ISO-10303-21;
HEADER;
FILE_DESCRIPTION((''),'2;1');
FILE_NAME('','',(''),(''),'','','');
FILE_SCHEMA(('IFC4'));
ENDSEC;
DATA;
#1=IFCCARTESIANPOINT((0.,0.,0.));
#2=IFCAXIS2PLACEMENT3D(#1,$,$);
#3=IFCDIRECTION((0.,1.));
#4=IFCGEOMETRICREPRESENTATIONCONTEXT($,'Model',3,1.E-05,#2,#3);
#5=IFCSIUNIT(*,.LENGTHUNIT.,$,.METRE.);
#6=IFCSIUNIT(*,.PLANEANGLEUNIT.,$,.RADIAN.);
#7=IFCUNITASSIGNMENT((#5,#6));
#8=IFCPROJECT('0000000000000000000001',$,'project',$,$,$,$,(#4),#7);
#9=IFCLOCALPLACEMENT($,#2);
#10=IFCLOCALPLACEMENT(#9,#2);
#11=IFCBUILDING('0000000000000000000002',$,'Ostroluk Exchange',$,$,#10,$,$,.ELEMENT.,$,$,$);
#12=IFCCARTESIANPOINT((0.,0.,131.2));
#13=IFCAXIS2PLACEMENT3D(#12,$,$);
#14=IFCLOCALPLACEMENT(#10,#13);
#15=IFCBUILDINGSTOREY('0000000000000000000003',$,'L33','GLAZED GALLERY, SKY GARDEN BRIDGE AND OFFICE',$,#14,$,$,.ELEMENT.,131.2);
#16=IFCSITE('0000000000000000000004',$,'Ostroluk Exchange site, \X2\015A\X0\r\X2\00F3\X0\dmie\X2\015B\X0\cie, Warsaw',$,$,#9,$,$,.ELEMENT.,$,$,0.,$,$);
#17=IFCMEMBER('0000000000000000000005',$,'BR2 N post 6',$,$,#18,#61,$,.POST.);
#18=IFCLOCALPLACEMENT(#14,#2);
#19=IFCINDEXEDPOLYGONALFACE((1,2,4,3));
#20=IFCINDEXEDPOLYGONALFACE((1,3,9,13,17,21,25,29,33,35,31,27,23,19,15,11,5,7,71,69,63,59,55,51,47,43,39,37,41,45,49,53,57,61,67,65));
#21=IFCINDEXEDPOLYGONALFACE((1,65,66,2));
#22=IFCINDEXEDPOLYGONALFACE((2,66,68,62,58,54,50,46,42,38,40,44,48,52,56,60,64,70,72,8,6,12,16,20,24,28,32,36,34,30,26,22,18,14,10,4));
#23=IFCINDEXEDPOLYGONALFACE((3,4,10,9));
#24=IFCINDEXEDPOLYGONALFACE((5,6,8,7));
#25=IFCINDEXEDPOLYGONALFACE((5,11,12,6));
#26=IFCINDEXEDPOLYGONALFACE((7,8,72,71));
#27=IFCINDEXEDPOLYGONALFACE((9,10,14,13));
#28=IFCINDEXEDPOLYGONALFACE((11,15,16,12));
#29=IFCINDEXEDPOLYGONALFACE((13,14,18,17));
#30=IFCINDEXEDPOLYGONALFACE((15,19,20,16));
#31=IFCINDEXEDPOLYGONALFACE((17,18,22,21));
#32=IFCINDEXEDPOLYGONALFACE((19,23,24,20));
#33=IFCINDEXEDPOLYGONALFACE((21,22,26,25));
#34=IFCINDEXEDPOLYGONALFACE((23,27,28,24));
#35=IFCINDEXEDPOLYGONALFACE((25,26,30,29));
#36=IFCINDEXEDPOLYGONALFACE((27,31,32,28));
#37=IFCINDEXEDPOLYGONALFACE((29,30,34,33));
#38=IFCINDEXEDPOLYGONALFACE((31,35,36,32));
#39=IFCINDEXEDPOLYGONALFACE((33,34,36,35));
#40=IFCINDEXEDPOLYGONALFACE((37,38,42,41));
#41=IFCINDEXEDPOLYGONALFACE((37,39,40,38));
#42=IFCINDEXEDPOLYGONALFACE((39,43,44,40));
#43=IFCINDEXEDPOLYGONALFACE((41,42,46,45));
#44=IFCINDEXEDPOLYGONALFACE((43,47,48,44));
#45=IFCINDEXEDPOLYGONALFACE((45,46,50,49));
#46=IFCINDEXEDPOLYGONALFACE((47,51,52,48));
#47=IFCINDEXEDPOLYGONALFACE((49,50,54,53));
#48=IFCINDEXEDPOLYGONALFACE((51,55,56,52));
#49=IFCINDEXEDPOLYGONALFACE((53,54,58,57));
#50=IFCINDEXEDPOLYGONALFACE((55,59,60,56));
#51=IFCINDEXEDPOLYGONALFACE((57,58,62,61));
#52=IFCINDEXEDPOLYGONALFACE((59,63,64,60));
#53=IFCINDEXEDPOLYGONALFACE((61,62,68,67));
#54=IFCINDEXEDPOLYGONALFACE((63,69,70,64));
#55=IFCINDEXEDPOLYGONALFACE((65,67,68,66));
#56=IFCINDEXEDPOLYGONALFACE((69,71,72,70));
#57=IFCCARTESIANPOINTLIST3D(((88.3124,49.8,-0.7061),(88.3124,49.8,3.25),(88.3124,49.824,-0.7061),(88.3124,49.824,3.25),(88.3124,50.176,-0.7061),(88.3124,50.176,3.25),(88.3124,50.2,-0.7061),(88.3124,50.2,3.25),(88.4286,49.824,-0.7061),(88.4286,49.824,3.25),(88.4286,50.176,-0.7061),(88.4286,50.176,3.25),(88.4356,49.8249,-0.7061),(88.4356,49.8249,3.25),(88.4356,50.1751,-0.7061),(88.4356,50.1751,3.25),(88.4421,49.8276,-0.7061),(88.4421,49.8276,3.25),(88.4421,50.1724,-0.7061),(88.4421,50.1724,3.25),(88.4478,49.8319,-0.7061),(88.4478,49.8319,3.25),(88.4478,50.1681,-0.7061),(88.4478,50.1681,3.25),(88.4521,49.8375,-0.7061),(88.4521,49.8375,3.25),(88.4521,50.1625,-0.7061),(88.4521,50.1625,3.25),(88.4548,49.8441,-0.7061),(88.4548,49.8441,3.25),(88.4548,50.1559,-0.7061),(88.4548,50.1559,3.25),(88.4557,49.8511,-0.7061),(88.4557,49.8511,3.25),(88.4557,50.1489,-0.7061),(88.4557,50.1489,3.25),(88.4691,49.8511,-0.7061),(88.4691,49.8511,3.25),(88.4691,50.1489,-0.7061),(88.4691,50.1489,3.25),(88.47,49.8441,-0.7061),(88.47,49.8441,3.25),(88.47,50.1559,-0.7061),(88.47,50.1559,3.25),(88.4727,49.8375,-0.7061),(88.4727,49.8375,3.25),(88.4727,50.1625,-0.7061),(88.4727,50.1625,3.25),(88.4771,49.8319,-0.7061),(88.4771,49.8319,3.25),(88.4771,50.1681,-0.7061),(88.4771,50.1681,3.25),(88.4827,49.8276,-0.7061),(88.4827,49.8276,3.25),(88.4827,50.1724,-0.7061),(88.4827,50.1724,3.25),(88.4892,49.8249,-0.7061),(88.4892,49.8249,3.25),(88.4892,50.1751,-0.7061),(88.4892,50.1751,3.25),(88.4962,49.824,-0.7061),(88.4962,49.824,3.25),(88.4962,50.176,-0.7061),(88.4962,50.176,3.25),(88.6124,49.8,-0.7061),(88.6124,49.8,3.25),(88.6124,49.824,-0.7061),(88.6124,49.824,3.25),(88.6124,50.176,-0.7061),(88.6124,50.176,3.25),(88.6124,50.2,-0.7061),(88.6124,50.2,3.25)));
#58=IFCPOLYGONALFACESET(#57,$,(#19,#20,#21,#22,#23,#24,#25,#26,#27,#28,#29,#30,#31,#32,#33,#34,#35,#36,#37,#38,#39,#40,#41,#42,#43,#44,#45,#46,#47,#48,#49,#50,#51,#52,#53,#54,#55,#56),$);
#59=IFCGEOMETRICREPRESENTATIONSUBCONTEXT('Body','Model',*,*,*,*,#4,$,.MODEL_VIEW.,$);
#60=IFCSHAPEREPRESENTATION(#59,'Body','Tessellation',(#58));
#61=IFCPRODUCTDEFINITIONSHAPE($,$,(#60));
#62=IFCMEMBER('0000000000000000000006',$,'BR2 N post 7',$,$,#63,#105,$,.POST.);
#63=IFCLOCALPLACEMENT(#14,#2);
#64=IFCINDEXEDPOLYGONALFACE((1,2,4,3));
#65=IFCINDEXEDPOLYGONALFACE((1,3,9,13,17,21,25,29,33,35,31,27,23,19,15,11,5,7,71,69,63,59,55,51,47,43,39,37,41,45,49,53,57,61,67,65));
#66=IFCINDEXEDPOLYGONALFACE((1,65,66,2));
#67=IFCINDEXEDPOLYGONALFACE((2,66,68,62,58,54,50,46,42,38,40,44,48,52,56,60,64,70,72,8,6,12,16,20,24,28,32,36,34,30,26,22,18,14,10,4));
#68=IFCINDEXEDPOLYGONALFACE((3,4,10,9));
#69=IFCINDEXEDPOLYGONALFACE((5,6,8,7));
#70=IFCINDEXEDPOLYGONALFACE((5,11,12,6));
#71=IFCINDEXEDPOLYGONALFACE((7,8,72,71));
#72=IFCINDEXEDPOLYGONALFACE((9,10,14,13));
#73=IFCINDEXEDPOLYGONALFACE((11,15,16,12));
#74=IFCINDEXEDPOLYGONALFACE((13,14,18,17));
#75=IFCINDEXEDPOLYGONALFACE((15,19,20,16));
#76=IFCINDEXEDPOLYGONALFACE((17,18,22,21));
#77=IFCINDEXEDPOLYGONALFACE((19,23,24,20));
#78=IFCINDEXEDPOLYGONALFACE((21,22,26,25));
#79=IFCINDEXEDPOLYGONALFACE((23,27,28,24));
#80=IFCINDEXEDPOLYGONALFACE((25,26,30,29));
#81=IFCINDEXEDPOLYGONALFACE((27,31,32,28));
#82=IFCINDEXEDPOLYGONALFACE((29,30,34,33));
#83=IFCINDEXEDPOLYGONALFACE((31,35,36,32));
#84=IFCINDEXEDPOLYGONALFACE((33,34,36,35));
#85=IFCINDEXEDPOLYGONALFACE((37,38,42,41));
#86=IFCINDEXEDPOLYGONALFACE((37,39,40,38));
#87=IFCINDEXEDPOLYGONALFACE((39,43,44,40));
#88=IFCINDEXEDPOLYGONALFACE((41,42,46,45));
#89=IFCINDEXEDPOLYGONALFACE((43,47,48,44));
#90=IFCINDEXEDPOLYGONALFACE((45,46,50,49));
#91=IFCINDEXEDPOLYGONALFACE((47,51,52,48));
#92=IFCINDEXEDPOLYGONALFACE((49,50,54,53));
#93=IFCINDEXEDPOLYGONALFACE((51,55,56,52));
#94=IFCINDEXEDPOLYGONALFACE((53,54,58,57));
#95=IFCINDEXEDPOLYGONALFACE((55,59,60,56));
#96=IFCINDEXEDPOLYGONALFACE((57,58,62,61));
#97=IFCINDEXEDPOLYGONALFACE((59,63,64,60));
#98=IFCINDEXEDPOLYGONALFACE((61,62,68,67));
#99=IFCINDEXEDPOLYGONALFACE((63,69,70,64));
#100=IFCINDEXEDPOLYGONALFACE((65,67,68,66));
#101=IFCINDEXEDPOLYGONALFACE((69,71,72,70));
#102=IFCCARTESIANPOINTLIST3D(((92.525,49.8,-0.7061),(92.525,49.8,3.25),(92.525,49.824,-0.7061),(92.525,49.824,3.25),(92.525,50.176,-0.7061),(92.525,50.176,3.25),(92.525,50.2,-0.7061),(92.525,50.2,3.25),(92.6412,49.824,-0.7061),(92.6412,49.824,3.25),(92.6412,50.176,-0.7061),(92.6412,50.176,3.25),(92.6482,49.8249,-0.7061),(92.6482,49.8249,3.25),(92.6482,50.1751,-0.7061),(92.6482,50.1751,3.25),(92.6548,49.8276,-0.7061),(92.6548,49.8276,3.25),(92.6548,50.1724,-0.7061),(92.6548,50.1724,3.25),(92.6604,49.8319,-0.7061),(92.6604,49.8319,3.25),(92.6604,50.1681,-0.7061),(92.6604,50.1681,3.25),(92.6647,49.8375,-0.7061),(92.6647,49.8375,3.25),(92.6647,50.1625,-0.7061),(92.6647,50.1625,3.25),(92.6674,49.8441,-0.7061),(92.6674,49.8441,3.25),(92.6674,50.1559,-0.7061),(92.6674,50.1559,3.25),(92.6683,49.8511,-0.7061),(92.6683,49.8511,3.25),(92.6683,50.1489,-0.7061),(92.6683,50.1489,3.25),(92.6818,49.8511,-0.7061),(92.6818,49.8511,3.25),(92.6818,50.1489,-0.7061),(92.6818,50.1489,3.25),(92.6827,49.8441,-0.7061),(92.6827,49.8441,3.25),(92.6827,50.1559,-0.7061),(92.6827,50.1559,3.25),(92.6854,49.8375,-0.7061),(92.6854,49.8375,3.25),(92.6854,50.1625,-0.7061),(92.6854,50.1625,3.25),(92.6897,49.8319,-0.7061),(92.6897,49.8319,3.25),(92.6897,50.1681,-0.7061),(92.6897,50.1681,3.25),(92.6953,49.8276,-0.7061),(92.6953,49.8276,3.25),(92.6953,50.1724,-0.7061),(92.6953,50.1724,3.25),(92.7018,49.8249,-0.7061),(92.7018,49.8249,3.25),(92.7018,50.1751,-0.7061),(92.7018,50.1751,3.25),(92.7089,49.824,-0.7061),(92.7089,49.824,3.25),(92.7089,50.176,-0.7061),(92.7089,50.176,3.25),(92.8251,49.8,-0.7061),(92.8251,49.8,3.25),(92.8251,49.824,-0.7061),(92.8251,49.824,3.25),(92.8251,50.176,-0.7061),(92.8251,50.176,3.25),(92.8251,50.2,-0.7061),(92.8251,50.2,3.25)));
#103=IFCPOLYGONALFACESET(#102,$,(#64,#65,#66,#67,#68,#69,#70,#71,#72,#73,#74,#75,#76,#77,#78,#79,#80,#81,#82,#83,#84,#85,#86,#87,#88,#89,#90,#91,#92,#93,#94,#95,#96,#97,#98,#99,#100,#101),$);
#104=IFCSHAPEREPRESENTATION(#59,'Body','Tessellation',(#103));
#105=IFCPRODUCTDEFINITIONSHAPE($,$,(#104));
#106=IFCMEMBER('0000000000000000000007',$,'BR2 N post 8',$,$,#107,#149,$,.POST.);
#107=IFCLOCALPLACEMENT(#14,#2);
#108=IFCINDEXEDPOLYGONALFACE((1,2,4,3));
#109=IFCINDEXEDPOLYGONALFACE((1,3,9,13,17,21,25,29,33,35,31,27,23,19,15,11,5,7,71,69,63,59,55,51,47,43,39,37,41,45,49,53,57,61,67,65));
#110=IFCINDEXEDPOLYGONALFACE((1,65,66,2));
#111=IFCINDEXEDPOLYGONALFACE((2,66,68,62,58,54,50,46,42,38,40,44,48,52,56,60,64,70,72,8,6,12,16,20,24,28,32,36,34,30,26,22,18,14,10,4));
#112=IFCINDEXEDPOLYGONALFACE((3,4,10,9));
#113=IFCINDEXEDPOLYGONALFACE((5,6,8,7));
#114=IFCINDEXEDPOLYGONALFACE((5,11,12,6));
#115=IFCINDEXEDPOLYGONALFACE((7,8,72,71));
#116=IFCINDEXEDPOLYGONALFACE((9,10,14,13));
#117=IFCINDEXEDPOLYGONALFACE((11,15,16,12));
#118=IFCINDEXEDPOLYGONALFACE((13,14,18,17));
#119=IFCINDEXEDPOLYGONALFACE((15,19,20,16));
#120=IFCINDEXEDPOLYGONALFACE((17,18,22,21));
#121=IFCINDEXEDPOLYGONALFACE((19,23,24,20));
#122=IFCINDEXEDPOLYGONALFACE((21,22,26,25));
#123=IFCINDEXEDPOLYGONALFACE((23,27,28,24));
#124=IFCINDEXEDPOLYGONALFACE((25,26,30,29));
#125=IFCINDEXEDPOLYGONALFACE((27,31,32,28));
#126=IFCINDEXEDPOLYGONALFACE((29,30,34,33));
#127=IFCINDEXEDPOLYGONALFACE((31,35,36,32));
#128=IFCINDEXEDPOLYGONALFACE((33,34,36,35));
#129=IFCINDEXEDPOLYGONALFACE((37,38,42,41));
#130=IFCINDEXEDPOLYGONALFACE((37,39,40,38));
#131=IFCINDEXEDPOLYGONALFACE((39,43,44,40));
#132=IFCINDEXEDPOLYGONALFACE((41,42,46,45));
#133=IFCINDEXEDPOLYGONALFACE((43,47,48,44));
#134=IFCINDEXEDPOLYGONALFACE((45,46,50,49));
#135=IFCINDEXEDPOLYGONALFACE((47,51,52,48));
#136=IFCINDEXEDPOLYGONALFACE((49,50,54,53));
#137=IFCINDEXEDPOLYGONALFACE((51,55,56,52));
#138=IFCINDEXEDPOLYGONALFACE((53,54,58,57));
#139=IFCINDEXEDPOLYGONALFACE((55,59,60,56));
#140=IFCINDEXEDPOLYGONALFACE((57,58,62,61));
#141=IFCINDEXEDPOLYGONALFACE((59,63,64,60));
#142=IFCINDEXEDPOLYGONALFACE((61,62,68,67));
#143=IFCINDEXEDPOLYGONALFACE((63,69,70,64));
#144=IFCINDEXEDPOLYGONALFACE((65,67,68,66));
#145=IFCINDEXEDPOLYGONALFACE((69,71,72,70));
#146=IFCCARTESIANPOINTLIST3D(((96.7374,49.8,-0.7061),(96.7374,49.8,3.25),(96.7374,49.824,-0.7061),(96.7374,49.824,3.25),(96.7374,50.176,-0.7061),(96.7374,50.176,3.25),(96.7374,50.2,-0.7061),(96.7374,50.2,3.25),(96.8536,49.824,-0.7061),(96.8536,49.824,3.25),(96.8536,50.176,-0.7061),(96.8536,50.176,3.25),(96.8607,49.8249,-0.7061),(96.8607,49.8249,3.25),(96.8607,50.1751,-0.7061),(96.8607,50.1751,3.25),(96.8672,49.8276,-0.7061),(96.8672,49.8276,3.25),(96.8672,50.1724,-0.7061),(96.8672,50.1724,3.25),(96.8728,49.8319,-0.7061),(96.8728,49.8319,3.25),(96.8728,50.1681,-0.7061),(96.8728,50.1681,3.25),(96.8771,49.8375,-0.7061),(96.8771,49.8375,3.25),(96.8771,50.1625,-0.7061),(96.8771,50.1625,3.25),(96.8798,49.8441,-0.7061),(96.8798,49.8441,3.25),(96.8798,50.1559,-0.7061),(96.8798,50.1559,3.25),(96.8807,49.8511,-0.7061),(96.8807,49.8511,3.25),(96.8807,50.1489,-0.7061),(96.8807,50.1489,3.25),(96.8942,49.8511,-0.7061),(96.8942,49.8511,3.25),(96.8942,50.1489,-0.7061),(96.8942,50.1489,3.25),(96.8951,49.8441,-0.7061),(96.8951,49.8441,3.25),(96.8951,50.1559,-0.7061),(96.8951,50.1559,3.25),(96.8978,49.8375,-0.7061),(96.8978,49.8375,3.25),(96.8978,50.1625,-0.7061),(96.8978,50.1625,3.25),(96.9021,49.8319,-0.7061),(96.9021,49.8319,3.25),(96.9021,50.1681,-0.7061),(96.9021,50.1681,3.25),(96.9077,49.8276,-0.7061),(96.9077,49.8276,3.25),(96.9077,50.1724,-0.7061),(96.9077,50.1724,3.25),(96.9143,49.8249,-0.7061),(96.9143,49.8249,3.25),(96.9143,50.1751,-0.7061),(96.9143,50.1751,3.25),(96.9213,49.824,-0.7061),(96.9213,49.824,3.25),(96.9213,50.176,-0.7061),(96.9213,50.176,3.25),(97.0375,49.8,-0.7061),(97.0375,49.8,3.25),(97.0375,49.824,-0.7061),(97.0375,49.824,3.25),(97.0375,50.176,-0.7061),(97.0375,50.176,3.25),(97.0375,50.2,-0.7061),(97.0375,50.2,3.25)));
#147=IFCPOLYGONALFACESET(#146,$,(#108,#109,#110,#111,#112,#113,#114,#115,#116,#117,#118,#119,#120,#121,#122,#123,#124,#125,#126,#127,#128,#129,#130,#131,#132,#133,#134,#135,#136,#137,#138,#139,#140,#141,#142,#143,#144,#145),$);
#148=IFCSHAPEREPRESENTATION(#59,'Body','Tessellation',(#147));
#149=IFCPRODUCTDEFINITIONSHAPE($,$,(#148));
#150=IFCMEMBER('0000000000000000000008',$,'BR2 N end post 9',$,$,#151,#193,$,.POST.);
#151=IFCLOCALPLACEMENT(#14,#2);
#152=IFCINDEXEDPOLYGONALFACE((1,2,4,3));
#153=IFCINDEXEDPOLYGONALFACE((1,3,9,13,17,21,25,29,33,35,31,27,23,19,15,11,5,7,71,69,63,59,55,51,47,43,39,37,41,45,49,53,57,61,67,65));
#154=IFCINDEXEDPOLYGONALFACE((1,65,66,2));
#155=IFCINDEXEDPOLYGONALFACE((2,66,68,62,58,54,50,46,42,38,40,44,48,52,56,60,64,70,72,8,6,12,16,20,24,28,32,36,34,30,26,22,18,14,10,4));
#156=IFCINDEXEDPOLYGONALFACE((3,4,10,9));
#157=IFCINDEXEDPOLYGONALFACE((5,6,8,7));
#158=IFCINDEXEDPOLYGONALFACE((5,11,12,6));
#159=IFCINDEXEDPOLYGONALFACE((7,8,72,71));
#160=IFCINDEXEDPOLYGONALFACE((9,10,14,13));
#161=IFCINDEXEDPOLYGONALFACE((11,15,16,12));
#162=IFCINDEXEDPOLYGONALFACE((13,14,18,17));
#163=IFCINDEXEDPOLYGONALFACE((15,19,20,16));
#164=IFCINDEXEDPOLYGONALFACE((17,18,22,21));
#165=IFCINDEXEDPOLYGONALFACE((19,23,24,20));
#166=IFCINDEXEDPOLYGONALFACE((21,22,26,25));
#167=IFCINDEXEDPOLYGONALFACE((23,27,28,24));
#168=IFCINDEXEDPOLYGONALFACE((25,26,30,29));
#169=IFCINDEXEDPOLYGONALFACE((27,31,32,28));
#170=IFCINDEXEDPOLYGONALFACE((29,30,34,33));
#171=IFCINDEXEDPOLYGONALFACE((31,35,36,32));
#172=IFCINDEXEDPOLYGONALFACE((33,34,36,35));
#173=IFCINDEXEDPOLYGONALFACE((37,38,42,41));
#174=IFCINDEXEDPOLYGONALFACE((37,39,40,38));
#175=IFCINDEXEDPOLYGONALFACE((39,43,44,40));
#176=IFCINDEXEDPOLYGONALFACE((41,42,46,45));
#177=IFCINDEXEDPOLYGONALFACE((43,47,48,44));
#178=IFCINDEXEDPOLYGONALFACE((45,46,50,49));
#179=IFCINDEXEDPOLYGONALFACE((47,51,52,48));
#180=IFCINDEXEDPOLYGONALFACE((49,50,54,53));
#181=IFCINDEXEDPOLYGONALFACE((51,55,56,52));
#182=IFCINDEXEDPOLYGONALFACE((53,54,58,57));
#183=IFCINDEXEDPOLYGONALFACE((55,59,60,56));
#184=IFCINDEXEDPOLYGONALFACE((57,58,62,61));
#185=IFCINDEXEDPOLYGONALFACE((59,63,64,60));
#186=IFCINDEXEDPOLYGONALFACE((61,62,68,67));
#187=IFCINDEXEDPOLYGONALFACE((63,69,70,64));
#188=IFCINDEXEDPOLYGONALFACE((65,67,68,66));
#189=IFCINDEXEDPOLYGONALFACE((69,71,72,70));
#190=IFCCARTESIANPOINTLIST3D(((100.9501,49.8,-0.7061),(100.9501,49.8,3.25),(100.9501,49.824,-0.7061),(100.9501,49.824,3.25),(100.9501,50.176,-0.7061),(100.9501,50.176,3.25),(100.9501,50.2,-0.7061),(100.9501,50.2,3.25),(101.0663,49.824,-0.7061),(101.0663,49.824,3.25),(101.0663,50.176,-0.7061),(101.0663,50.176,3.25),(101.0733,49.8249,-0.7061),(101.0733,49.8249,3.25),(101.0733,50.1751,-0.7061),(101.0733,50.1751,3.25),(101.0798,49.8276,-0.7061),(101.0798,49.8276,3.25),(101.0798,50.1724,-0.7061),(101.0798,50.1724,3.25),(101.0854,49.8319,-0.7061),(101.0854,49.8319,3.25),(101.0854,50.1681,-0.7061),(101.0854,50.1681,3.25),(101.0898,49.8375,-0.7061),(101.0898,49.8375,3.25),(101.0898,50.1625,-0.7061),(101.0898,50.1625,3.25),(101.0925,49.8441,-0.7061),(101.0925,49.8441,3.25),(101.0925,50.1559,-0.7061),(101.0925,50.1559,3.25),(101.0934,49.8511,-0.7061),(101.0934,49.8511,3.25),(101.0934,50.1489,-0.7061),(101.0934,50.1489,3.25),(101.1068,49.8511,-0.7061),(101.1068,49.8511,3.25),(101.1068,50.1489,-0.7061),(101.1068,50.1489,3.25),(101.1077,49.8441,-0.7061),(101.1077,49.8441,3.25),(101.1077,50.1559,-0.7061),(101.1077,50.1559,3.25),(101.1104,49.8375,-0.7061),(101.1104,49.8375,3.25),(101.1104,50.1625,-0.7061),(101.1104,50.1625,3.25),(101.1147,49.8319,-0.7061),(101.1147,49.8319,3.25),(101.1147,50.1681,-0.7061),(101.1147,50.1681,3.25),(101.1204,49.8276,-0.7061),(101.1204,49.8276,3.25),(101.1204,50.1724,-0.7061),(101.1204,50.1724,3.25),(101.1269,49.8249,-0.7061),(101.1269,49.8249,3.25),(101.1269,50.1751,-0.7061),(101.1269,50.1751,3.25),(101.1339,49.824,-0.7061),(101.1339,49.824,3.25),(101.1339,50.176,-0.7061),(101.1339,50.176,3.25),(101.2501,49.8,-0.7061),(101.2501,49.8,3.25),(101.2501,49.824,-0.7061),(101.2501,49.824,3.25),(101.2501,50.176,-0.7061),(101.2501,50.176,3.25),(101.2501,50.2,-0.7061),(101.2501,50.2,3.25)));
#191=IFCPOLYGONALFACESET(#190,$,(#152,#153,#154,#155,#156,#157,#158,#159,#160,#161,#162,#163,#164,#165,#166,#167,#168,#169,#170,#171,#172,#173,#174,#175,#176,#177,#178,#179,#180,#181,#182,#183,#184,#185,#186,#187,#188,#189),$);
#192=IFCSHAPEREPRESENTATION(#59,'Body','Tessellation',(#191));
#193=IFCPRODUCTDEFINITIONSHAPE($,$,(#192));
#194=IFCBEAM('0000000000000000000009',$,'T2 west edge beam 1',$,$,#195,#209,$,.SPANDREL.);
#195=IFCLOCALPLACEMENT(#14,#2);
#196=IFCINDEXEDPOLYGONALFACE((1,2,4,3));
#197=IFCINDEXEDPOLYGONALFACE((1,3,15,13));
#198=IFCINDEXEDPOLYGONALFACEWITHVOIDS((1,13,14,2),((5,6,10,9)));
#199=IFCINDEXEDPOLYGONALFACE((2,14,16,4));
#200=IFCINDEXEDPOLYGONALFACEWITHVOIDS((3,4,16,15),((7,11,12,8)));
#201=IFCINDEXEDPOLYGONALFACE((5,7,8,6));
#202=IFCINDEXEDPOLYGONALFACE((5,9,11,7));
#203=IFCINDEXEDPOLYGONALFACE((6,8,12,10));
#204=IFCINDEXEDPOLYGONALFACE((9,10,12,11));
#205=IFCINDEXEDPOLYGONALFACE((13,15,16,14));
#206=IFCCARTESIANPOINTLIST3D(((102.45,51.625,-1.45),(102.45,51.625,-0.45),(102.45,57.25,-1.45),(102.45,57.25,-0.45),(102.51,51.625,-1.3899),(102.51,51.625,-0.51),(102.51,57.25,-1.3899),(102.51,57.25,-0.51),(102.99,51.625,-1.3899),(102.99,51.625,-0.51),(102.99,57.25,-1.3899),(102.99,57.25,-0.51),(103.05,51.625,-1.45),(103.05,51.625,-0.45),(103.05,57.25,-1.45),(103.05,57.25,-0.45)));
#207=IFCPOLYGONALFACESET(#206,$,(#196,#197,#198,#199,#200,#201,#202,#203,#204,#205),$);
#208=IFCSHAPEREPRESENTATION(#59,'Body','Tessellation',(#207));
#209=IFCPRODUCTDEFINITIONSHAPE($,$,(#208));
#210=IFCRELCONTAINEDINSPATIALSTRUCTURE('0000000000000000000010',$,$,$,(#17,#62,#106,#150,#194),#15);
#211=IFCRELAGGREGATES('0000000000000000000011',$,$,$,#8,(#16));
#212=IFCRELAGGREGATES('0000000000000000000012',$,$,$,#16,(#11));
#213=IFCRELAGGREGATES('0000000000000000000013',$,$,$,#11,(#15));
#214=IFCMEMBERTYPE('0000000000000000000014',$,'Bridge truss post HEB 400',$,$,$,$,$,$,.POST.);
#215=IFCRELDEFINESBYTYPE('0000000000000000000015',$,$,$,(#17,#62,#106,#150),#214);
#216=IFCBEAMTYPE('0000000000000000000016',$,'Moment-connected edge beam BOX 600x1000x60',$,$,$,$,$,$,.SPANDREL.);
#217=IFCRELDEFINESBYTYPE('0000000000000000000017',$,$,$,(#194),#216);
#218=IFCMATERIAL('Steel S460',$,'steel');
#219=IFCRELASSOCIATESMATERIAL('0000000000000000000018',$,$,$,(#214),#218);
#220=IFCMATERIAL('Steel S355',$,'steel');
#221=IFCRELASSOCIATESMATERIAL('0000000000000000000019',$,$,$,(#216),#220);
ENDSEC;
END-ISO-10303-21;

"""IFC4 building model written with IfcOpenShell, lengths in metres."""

from ifc_helpers import new_model, si_unit, direction, frame, origin, origin_2d, place, context, subcontext, project, spatial, hollow_rectangle, i_section, extrude, material, material_profile, profile_set, type_object, element, save


model = new_model("IFC4")

# Units and contexts
model_context = context("Model", 3, precision=1e-05, world=origin(), true_north=direction((0.0, 1.0)))
body_context = subcontext(model_context, "Body", "Model", "MODEL_VIEW")
ifc_project = project(units=[si_unit("LENGTHUNIT", "METRE"), si_unit("PLANEANGLEUNIT", "RADIAN")], contexts=[model_context])

# Site, building, storey
site_placement = place(None, origin())
site = spatial("IfcSite", under=ifc_project, at=site_placement, Name="Ostroluk Exchange site, Śródmieście, Warsaw", CompositionType="ELEMENT", RefElevation=0.0)
building_placement = place(site_placement, origin())
building = spatial("IfcBuilding", under=site, at=building_placement, Name="Ostroluk Exchange", CompositionType="ELEMENT")
storey_placement = place(building_placement, frame((0.0, 0.0, 131.2)))
storey = spatial("IfcBuildingStorey", under=building, at=storey_placement, Name="L33", Description="GLAZED GALLERY, SKY GARDEN BRIDGE AND OFFICE", CompositionType="ELEMENT", Elevation=131.2)

# Members
ifc_material_1 = material(Name="Steel S460", Category="steel")
ifc_material_profile_1 = material_profile(ifc_material_1, i_section(OverallWidth=0.3, OverallDepth=0.3999, WebThickness=0.0134, FlangeThickness=0.0239, FilletRadius=0.0271, at=origin_2d()), Name="HEB 400")
ifc_profile_set_1 = profile_set([ifc_material_profile_1], Name="Steel S460")
member_type_1 = type_object("IfcMemberType", Name="Bridge truss post HEB 400", PredefinedType="POST", material=ifc_profile_set_1)
for number, where, z_axis, x_axis, name in (
    (1, (88.4624, 50.0, -0.7061), (0.0, 0.0, 1.0), (1.0, 0.0, 0.0), "BR2 N post 6"),
    (2, (92.675, 50.0, -0.7061), (0.0, 0.0, 1.0), (1.0, 0.0, 0.0), "BR2 N post 7"),
    (3, (96.8875, 50.0, -0.7061), (0.0, 0.0, 1.0), (1.0, 0.0, 0.0), "BR2 N post 8"),
    (4, (101.1001, 50.0, -0.7061), (0.0, 0.0, 1.0), (1.0, 0.0, 0.0), "BR2 N end post 9"),
):
    element("IfcMember", number, at=place(storey_placement, frame(where, z_axis=z_axis, x_axis=x_axis)), inside=storey, type_object=member_type_1, Name=name, PredefinedType="POST", context=body_context, shape_type="SweptSolid", body=[
        extrude(i_section(OverallWidth=0.3, OverallDepth=0.3999, WebThickness=0.0134, FlangeThickness=0.0239, FilletRadius=0.0271, at=origin_2d()), origin(), (0.0, 0.0, 1.0), 3.9561),
    ])

# Beam
ifc_material_2 = material(Name="Steel S355", Category="steel")
ifc_material_profile_2 = material_profile(ifc_material_2, hollow_rectangle(XDim=0.6001, YDim=1.0, WallThickness=0.0601, at=origin_2d()), Name="BOX 600x1000x60")
ifc_profile_set_2 = profile_set([ifc_material_profile_2], Name="Steel S355")
beam_type = type_object("IfcBeamType", Name="Moment-connected edge beam BOX 600x1000x60", PredefinedType="SPANDREL", material=ifc_profile_set_2)
for number, where, z_axis, x_axis, name in (
    (5, (102.75, 57.25, -0.95), (0.0, -1.0, 0.0), (1.0, 0.0, 0.0), "T2 west edge beam 1"),
):
    element("IfcBeam", number, at=place(storey_placement, frame(where, z_axis=z_axis, x_axis=x_axis)), inside=storey, type_object=beam_type, Name=name, PredefinedType="SPANDREL", context=body_context, shape_type="SweptSolid", body=[
        extrude(hollow_rectangle(XDim=0.6001, YDim=1.0, WallThickness=0.0601, at=origin_2d()), origin(), (0.0, 0.0, 1.0), 5.625),
    ])

save(model, "model.ifc")
